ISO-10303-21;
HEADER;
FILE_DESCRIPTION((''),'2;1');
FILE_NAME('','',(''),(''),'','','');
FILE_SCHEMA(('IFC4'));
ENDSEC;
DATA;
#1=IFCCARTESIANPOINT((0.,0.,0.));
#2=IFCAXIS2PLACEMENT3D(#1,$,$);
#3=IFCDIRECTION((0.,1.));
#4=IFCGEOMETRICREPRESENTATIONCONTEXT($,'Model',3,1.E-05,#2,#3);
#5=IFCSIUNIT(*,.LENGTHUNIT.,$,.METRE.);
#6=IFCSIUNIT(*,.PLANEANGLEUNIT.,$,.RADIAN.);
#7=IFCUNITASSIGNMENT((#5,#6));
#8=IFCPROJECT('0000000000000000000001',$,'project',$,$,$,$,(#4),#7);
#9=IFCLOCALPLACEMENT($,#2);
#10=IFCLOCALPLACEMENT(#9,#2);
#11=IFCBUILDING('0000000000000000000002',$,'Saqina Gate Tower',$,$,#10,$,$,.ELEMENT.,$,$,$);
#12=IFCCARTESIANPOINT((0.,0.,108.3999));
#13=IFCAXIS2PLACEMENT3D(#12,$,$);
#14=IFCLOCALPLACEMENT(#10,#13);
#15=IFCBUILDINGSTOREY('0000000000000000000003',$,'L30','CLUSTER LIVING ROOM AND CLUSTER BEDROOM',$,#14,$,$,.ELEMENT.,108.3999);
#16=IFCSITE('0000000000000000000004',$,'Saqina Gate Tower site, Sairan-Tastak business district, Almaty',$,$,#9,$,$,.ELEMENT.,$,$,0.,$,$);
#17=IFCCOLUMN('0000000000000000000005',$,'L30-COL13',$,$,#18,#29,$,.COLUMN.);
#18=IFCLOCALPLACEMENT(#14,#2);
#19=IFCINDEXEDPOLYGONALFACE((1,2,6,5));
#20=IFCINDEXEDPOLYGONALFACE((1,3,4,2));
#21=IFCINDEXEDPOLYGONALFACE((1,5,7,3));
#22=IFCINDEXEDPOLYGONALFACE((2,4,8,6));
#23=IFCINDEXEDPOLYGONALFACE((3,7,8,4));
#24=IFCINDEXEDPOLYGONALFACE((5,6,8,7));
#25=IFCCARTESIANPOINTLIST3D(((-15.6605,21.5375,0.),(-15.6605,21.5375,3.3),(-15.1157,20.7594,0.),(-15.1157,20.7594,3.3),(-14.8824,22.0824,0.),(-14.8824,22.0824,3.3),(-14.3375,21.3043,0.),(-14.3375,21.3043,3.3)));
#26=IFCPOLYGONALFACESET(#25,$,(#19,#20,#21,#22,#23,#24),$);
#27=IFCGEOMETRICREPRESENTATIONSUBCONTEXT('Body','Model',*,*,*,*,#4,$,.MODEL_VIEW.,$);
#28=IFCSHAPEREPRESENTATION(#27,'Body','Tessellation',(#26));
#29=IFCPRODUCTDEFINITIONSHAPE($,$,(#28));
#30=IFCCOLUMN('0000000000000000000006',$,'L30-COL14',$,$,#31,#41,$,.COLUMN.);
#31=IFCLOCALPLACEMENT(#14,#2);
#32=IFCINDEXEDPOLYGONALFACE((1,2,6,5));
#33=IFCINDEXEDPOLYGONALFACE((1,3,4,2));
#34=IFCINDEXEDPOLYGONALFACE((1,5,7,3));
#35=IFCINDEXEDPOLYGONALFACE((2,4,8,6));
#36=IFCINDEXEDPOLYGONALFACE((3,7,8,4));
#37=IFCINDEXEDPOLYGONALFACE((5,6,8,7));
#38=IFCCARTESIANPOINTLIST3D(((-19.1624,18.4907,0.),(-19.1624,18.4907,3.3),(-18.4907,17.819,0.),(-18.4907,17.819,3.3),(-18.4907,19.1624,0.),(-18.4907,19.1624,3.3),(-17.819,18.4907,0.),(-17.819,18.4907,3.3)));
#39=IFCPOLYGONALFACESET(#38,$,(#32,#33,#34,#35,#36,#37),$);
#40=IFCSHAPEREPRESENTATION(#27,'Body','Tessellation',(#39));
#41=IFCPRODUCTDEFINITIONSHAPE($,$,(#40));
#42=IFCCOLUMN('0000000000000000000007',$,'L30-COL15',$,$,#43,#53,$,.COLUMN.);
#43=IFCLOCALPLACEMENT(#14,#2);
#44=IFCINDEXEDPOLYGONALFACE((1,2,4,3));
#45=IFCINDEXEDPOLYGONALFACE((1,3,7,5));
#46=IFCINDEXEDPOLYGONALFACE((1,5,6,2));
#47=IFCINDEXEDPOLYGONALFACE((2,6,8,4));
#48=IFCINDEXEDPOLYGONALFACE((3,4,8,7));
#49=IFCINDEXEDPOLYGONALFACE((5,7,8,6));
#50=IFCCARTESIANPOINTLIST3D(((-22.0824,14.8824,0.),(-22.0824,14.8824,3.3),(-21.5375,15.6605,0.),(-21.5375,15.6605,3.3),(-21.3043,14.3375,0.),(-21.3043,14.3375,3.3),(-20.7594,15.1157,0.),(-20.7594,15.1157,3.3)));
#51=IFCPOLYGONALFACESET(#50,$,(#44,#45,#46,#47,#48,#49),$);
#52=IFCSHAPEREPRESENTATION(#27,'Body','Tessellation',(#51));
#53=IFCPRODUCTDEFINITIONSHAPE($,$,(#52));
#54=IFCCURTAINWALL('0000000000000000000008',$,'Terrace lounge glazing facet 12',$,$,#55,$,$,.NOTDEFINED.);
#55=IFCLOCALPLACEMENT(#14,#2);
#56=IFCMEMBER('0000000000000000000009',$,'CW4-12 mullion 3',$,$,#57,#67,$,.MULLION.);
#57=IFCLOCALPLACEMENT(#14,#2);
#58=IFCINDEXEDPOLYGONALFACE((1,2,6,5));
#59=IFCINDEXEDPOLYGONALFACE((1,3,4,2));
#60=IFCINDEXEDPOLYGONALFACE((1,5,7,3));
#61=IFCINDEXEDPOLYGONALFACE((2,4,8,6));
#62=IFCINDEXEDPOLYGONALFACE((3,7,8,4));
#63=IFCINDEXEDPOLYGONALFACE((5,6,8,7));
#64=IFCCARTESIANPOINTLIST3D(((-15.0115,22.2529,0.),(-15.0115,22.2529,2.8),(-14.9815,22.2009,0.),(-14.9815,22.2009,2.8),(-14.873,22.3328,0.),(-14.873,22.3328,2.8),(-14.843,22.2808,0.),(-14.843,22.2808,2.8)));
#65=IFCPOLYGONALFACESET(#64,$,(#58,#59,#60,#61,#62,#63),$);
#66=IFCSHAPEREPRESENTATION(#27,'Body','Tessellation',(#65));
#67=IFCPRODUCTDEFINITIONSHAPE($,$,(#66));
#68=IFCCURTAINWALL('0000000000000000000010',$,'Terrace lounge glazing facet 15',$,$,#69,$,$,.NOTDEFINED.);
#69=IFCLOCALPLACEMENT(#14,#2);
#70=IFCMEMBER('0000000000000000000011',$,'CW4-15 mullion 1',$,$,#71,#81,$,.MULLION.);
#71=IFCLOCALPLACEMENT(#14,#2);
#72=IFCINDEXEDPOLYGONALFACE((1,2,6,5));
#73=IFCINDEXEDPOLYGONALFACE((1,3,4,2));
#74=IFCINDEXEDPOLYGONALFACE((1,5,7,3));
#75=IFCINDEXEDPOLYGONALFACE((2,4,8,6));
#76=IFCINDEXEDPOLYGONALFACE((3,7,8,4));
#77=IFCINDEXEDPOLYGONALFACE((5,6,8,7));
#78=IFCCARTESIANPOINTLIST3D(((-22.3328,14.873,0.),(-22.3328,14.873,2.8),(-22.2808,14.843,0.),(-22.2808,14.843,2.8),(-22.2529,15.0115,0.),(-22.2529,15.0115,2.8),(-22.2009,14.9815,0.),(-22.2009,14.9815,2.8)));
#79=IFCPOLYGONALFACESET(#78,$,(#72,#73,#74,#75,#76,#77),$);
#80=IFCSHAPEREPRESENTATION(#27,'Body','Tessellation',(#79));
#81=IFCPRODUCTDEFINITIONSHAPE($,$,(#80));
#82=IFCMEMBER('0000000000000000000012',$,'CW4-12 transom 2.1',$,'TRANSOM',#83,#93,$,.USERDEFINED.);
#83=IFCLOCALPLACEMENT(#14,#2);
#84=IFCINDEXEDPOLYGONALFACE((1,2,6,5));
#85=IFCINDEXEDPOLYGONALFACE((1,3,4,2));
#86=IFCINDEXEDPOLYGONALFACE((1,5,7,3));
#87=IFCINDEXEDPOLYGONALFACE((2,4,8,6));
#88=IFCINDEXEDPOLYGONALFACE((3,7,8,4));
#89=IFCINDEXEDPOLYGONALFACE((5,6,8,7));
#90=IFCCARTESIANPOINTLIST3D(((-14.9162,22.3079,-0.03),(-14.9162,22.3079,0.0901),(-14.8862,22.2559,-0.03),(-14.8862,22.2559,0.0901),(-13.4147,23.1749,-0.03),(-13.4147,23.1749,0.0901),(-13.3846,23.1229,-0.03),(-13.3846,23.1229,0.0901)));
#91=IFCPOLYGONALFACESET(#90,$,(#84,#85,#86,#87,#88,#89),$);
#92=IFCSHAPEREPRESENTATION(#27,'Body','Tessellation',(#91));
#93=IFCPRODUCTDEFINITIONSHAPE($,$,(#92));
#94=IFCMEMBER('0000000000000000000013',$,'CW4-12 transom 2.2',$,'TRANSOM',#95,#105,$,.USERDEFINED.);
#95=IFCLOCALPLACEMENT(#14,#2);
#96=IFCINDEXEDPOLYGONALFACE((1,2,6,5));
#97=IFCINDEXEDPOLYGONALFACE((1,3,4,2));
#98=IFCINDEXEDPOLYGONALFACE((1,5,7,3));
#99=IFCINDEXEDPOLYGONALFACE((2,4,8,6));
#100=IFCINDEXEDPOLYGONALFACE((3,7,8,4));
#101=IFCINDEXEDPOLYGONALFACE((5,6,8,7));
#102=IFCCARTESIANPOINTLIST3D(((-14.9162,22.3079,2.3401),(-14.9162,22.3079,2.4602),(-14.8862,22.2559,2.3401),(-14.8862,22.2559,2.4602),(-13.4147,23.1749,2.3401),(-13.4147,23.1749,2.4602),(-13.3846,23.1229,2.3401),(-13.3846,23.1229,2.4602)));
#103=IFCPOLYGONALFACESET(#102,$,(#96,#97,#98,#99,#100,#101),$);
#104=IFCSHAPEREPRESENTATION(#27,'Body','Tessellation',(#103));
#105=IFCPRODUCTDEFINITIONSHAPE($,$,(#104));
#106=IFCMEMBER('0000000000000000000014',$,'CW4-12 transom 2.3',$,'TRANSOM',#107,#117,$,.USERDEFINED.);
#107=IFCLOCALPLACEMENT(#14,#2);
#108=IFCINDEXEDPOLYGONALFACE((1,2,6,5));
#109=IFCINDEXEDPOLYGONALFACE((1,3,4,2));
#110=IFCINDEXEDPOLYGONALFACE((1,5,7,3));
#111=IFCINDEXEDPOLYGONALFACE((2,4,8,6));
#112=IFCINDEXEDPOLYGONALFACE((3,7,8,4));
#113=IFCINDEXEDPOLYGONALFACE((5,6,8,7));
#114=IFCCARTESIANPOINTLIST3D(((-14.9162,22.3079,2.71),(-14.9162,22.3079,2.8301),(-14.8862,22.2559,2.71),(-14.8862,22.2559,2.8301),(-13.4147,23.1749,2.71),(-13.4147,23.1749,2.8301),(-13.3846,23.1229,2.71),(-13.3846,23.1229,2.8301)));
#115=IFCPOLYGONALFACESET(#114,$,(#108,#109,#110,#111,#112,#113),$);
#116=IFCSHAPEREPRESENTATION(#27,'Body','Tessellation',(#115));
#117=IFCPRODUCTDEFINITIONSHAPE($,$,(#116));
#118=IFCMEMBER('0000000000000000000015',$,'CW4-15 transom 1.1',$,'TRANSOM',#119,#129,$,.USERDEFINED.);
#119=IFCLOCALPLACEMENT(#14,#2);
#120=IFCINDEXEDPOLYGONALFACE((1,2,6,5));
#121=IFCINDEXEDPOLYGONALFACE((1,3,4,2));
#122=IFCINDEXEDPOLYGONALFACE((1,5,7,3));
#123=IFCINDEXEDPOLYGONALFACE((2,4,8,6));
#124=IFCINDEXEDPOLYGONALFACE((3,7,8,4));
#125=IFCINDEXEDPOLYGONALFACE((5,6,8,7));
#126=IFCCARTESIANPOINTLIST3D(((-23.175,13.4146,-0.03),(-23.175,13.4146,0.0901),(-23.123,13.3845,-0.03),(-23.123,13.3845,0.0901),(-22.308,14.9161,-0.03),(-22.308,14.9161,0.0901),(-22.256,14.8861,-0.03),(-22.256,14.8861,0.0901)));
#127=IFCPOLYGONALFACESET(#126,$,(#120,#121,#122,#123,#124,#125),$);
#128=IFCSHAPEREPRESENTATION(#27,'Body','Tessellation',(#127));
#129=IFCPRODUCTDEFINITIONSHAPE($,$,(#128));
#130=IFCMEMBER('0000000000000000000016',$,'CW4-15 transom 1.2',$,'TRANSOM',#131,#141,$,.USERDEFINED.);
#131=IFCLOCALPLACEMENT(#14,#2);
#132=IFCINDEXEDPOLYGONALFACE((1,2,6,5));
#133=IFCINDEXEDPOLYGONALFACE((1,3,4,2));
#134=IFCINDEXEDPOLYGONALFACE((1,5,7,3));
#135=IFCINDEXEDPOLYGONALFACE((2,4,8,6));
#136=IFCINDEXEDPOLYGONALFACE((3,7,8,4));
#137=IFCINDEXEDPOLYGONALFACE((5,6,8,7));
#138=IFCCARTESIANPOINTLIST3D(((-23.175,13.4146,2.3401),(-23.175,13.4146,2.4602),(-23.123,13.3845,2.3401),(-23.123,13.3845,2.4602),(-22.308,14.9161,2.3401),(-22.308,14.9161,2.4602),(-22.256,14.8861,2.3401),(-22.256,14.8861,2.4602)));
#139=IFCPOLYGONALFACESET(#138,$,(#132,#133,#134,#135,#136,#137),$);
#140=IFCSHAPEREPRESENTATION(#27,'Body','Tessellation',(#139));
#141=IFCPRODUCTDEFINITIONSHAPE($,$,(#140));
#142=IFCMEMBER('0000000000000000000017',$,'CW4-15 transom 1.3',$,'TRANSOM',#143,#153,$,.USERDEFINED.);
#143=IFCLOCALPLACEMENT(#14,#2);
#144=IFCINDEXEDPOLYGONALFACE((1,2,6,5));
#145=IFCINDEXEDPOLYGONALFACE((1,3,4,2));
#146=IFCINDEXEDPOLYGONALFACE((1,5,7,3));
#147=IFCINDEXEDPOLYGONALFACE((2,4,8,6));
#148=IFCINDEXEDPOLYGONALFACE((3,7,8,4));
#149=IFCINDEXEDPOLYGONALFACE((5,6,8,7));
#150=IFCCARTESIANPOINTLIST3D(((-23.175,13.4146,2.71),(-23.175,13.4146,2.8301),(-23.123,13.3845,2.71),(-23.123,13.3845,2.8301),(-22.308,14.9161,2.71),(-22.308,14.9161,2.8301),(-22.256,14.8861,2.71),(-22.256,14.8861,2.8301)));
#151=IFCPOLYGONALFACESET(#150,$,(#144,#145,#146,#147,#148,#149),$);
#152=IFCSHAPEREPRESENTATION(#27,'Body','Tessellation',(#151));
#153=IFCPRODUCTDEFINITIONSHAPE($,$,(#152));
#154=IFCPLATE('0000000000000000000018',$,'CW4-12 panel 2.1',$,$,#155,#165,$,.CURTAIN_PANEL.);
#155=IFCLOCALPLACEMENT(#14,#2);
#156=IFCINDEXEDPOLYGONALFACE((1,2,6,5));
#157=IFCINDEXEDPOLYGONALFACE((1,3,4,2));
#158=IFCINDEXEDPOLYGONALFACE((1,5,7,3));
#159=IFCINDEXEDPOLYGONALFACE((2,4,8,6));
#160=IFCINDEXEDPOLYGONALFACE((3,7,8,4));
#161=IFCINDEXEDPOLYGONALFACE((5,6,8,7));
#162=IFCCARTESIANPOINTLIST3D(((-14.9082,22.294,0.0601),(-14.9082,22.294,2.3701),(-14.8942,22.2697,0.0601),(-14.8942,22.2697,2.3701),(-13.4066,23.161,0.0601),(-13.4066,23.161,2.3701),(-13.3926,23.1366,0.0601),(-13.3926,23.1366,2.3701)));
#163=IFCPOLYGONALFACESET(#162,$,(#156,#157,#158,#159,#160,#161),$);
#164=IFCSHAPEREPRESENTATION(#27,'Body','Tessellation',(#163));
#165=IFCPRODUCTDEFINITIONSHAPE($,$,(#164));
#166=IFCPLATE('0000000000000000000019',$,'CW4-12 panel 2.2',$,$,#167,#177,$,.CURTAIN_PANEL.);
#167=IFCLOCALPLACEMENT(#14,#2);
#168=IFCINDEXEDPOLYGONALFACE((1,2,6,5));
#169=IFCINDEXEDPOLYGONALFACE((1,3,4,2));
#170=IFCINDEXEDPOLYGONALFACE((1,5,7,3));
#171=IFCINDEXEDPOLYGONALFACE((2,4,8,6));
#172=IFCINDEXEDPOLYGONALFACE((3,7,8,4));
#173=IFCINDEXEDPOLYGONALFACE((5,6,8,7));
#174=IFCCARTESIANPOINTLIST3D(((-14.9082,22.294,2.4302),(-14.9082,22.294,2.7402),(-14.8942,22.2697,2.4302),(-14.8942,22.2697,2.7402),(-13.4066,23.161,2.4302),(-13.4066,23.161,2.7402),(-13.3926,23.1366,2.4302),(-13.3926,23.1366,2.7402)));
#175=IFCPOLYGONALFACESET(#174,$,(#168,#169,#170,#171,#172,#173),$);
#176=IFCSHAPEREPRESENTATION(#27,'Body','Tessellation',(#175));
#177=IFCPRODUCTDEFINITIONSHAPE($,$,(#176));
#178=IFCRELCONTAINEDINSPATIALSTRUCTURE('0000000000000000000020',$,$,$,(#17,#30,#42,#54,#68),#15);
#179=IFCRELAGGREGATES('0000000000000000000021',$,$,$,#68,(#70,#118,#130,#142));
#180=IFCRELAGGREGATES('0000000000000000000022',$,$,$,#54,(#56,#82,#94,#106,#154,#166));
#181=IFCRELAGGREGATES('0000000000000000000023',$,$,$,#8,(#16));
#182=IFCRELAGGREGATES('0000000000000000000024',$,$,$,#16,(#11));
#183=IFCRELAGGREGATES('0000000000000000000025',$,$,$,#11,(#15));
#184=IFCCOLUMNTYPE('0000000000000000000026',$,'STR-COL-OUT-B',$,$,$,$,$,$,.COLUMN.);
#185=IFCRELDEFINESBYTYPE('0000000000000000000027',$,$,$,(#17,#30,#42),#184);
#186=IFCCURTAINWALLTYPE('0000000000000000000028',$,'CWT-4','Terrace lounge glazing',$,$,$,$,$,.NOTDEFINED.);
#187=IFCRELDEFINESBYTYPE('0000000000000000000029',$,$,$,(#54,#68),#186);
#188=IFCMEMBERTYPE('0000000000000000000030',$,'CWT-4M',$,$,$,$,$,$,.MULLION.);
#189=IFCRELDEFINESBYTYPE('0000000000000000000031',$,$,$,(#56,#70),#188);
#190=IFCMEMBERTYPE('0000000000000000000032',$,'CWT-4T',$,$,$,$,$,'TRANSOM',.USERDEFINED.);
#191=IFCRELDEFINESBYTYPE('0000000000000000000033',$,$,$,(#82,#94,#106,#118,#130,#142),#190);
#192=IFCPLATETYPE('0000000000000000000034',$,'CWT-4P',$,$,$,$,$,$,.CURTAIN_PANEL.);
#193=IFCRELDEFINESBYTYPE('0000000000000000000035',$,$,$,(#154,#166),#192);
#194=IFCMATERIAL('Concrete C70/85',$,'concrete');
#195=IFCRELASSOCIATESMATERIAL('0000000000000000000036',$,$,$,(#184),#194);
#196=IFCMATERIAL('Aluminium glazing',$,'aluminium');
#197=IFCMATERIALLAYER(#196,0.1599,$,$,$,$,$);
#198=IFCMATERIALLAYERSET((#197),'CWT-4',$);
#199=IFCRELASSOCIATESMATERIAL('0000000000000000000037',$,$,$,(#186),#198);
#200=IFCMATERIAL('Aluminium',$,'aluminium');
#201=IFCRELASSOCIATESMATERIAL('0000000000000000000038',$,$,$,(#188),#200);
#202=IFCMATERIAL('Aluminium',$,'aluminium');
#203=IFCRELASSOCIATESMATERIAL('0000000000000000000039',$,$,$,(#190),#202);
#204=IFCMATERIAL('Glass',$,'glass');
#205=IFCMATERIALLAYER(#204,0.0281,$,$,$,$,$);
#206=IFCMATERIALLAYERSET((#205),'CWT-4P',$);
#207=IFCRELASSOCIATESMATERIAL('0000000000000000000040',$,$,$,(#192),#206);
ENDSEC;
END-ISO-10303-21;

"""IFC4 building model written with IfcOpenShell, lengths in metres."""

from ifc_helpers import new_model, si_unit, direction, frame, origin, origin_2d, place, context, subcontext, project, spatial, rectangle, extrude, material, layer, layer_set, material_profile, profile_set, type_object, element, aggregate, save


model = new_model("IFC4")

# Units and contexts
model_context = context("Model", 3, precision=1e-05, world=origin(), true_north=direction((0.0, 1.0)))
body_context = subcontext(model_context, "Body", "Model", "MODEL_VIEW")
ifc_project = project(units=[si_unit("LENGTHUNIT", "METRE"), si_unit("PLANEANGLEUNIT", "RADIAN")], contexts=[model_context])

# Site, building, storey
site_placement = place(None, origin())
site = spatial("IfcSite", under=ifc_project, at=site_placement, Name="Saqina Gate Tower site, Sairan-Tastak business district, Almaty", CompositionType="ELEMENT", RefElevation=0.0)
building_placement = place(site_placement, origin())
building = spatial("IfcBuilding", under=site, at=building_placement, Name="Saqina Gate Tower", CompositionType="ELEMENT")
storey_placement = place(building_placement, frame((0.0, 0.0, 108.3999)))
storey = spatial("IfcBuildingStorey", under=building, at=storey_placement, Name="L30", Description="CLUSTER LIVING ROOM AND CLUSTER BEDROOM", CompositionType="ELEMENT", Elevation=108.3999)

# Columns
ifc_material_1 = material(Name="Concrete C70/85", Category="concrete")
ifc_material_profile_1 = material_profile(ifc_material_1, rectangle(XDim=0.95, YDim=0.95, at=origin_2d()), Name="RC 950x950")
ifc_profile_set_1 = profile_set([ifc_material_profile_1], Name="Concrete C70/85")
column_type = type_object("IfcColumnType", Name="STR-COL-OUT-B", PredefinedType="COLUMN", material=ifc_profile_set_1)
for number, where, z_axis, x_axis, name in (
    (1, (-14.999, 21.4209, 0.0), (0.0, 0.0, 1.0), (-0.573576, 0.819152, 0.0), "L30-COL13"),
    (2, (-18.4907, 18.4907, 0.0), (0.0, 0.0, 1.0), (-0.707107, 0.707107, 0.0), "L30-COL14"),
    (3, (-21.4209, 14.999, 0.0), (0.0, 0.0, 1.0), (-0.819152, 0.573576, 0.0), "L30-COL15"),
):
    element("IfcColumn", number, at=place(storey_placement, frame(where, z_axis=z_axis, x_axis=x_axis)), inside=storey, type_object=column_type, Name=name, PredefinedType="COLUMN", context=body_context, shape_type="SweptSolid", body=[
        extrude(rectangle(XDim=0.95, YDim=0.95, at=origin_2d()), origin(), (0.0, 0.0, 1.0), 3.3),
    ])

# Curtain walls, members
ifc_material_2 = material(Name="Aluminium glazing", Category="aluminium")
ifc_layer_1 = layer(ifc_material_2, 0.1599)
ifc_layer_set_1 = layer_set([ifc_layer_1], Name="CWT-4")
curtain_wall_type = type_object("IfcCurtainWallType", Name="CWT-4", Description="Terrace lounge glazing", PredefinedType="NOTDEFINED", material=ifc_layer_set_1)
curtain_wall_1_placement = place(storey_placement, origin())
curtain_wall_1 = element("IfcCurtainWall", 4, at=curtain_wall_1_placement, inside=storey, type_object=curtain_wall_type, Name="Terrace lounge glazing facet 12", PredefinedType="NOTDEFINED")
ifc_material_3 = material(Name="Aluminium", Category="aluminium")
ifc_material_profile_2 = material_profile(ifc_material_3, rectangle(XDim=0.0601, YDim=0.1599, at=origin_2d()), Name="Aluminium 60x160")
ifc_profile_set_2 = profile_set([ifc_material_profile_2], Name="Aluminium")
member_type_1 = type_object("IfcMemberType", Name="CWT-4M", PredefinedType="MULLION", material=ifc_profile_set_2)
member_1_placement = place(storey_placement, frame((-14.9272, 22.2668, 0.0), z_axis=(0.0, 0.0, 1.0), x_axis=(0.499999, -0.866026, 0.0)))
member_1 = element("IfcMember", 5, at=member_1_placement, type_object=member_type_1, Name="CW4-12 mullion 3", PredefinedType="MULLION", context=body_context, shape_type="SweptSolid", body=[
    extrude(rectangle(XDim=0.0601, YDim=0.1599, at=origin_2d()), origin(), (0.0, 0.0, 1.0), 2.8),
])
curtain_wall_2_placement = place(storey_placement, origin())
curtain_wall_2 = element("IfcCurtainWall", 6, at=curtain_wall_2_placement, inside=storey, type_object=curtain_wall_type, Name="Terrace lounge glazing facet 15", PredefinedType="NOTDEFINED")
member_2_placement = place(storey_placement, frame((-22.2668, 14.9272, 0.0), z_axis=(0.0, 0.0, 1.0), x_axis=(0.866026, -0.499999, 0.0)))
member_2 = element("IfcMember", 7, at=member_2_placement, type_object=member_type_1, Name="CW4-15 mullion 1", PredefinedType="MULLION", context=body_context, shape_type="SweptSolid", body=[
    extrude(rectangle(XDim=0.0601, YDim=0.1599, at=origin_2d()), origin(), (0.0, 0.0, 1.0), 2.8),
])

# Members
ifc_material_4 = material(Name="Aluminium", Category="aluminium")
ifc_material_profile_3 = material_profile(ifc_material_4, rectangle(XDim=0.0601, YDim=0.1201, at=origin_2d()), Name="Aluminium 60x120")
ifc_profile_set_3 = profile_set([ifc_material_profile_3], Name="Aluminium")
member_type_2 = type_object("IfcMemberType", Name="CWT-4T", ElementType="TRANSOM", PredefinedType="USERDEFINED", material=ifc_profile_set_3)
member_3_placement = place(storey_placement, frame((-13.3997, 23.1489, 0.03), z_axis=(-0.866007, -0.500031, 0.0), x_axis=(0.500031, -0.866007, 0.0)))
member_3 = element("IfcMember", 8, at=member_3_placement, type_object=member_type_2, Name="CW4-12 transom 2.1", ObjectType="TRANSOM", PredefinedType="USERDEFINED", context=body_context, shape_type="SweptSolid", body=[
    extrude(rectangle(XDim=0.0601, YDim=0.1201, at=origin_2d()), origin(), (0.0, 0.0, 1.0), 1.7339),
])
member_4_placement = place(storey_placement, frame((-13.3997, 23.1489, 2.4001), z_axis=(-0.866007, -0.500031, 0.0), x_axis=(0.500031, -0.866007, 0.0)))
member_4 = element("IfcMember", 9, at=member_4_placement, type_object=member_type_2, Name="CW4-12 transom 2.2", ObjectType="TRANSOM", PredefinedType="USERDEFINED", context=body_context, shape_type="SweptSolid", body=[
    extrude(rectangle(XDim=0.0601, YDim=0.1201, at=origin_2d()), origin(), (0.0, 0.0, 1.0), 1.7339),
])
member_5_placement = place(storey_placement, frame((-13.3997, 23.1489, 2.77), z_axis=(-0.866007, -0.500031, 0.0), x_axis=(0.500031, -0.866007, 0.0)))
member_5 = element("IfcMember", 10, at=member_5_placement, type_object=member_type_2, Name="CW4-12 transom 2.3", ObjectType="TRANSOM", PredefinedType="USERDEFINED", context=body_context, shape_type="SweptSolid", body=[
    extrude(rectangle(XDim=0.0601, YDim=0.1201, at=origin_2d()), origin(), (0.0, 0.0, 1.0), 1.7339),
])
member_6_placement = place(storey_placement, frame((-22.282, 14.9011, 0.03), z_axis=(-0.500031, -0.866007, 0.0), x_axis=(0.866007, -0.500031, 0.0)))
member_6 = element("IfcMember", 11, at=member_6_placement, type_object=member_type_2, Name="CW4-15 transom 1.1", ObjectType="TRANSOM", PredefinedType="USERDEFINED", context=body_context, shape_type="SweptSolid", body=[
    extrude(rectangle(XDim=0.0601, YDim=0.1201, at=origin_2d()), origin(), (0.0, 0.0, 1.0), 1.7339),
])
member_7_placement = place(storey_placement, frame((-22.282, 14.9011, 2.4001), z_axis=(-0.500031, -0.866007, 0.0), x_axis=(0.866007, -0.500031, 0.0)))
member_7 = element("IfcMember", 12, at=member_7_placement, type_object=member_type_2, Name="CW4-15 transom 1.2", ObjectType="TRANSOM", PredefinedType="USERDEFINED", context=body_context, shape_type="SweptSolid", body=[
    extrude(rectangle(XDim=0.0601, YDim=0.1201, at=origin_2d()), origin(), (0.0, 0.0, 1.0), 1.7339),
])
member_8_placement = place(storey_placement, frame((-22.282, 14.9011, 2.77), z_axis=(-0.500031, -0.866007, 0.0), x_axis=(0.866007, -0.500031, 0.0)))
member_8 = element("IfcMember", 13, at=member_8_placement, type_object=member_type_2, Name="CW4-15 transom 1.3", ObjectType="TRANSOM", PredefinedType="USERDEFINED", context=body_context, shape_type="SweptSolid", body=[
    extrude(rectangle(XDim=0.0601, YDim=0.1201, at=origin_2d()), origin(), (0.0, 0.0, 1.0), 1.7339),
])
aggregate(curtain_wall_2, [member_2, member_6, member_7, member_8])

# Plates
ifc_material_5 = material(Name="Glass", Category="glass")
ifc_layer_2 = layer(ifc_material_5, 0.0281)
ifc_layer_set_2 = layer_set([ifc_layer_2], Name="CWT-4P")
plate_type = type_object("IfcPlateType", Name="CWT-4P", PredefinedType="CURTAIN_PANEL", material=ifc_layer_set_2)
plate_1_placement = place(storey_placement, frame((-14.1504, 22.7153, 0.0601), z_axis=(0.0, 0.0, 1.0), x_axis=(-0.866026, -0.499999, 0.0)))
plate_1 = element("IfcPlate", 14, at=plate_1_placement, type_object=plate_type, Name="CW4-12 panel 2.1", PredefinedType="CURTAIN_PANEL", context=body_context, shape_type="SweptSolid", body=[
    extrude(rectangle(XDim=1.7339, YDim=0.0281, at=origin_2d()), origin(), (0.0, 0.0, 1.0), 2.3101),
])
plate_2_placement = place(storey_placement, frame((-14.1504, 22.7153, 2.4302), z_axis=(0.0, 0.0, 1.0), x_axis=(-0.866026, -0.499999, 0.0)))
plate_2 = element("IfcPlate", 15, at=plate_2_placement, type_object=plate_type, Name="CW4-12 panel 2.2", PredefinedType="CURTAIN_PANEL", context=body_context, shape_type="SweptSolid", body=[
    extrude(rectangle(XDim=1.7339, YDim=0.0281, at=origin_2d()), origin(), (0.0, 0.0, 1.0), 0.3101),
])
aggregate(curtain_wall_1, [member_1, member_3, member_4, member_5, plate_1, plate_2])

save(model, "model.ifc")
